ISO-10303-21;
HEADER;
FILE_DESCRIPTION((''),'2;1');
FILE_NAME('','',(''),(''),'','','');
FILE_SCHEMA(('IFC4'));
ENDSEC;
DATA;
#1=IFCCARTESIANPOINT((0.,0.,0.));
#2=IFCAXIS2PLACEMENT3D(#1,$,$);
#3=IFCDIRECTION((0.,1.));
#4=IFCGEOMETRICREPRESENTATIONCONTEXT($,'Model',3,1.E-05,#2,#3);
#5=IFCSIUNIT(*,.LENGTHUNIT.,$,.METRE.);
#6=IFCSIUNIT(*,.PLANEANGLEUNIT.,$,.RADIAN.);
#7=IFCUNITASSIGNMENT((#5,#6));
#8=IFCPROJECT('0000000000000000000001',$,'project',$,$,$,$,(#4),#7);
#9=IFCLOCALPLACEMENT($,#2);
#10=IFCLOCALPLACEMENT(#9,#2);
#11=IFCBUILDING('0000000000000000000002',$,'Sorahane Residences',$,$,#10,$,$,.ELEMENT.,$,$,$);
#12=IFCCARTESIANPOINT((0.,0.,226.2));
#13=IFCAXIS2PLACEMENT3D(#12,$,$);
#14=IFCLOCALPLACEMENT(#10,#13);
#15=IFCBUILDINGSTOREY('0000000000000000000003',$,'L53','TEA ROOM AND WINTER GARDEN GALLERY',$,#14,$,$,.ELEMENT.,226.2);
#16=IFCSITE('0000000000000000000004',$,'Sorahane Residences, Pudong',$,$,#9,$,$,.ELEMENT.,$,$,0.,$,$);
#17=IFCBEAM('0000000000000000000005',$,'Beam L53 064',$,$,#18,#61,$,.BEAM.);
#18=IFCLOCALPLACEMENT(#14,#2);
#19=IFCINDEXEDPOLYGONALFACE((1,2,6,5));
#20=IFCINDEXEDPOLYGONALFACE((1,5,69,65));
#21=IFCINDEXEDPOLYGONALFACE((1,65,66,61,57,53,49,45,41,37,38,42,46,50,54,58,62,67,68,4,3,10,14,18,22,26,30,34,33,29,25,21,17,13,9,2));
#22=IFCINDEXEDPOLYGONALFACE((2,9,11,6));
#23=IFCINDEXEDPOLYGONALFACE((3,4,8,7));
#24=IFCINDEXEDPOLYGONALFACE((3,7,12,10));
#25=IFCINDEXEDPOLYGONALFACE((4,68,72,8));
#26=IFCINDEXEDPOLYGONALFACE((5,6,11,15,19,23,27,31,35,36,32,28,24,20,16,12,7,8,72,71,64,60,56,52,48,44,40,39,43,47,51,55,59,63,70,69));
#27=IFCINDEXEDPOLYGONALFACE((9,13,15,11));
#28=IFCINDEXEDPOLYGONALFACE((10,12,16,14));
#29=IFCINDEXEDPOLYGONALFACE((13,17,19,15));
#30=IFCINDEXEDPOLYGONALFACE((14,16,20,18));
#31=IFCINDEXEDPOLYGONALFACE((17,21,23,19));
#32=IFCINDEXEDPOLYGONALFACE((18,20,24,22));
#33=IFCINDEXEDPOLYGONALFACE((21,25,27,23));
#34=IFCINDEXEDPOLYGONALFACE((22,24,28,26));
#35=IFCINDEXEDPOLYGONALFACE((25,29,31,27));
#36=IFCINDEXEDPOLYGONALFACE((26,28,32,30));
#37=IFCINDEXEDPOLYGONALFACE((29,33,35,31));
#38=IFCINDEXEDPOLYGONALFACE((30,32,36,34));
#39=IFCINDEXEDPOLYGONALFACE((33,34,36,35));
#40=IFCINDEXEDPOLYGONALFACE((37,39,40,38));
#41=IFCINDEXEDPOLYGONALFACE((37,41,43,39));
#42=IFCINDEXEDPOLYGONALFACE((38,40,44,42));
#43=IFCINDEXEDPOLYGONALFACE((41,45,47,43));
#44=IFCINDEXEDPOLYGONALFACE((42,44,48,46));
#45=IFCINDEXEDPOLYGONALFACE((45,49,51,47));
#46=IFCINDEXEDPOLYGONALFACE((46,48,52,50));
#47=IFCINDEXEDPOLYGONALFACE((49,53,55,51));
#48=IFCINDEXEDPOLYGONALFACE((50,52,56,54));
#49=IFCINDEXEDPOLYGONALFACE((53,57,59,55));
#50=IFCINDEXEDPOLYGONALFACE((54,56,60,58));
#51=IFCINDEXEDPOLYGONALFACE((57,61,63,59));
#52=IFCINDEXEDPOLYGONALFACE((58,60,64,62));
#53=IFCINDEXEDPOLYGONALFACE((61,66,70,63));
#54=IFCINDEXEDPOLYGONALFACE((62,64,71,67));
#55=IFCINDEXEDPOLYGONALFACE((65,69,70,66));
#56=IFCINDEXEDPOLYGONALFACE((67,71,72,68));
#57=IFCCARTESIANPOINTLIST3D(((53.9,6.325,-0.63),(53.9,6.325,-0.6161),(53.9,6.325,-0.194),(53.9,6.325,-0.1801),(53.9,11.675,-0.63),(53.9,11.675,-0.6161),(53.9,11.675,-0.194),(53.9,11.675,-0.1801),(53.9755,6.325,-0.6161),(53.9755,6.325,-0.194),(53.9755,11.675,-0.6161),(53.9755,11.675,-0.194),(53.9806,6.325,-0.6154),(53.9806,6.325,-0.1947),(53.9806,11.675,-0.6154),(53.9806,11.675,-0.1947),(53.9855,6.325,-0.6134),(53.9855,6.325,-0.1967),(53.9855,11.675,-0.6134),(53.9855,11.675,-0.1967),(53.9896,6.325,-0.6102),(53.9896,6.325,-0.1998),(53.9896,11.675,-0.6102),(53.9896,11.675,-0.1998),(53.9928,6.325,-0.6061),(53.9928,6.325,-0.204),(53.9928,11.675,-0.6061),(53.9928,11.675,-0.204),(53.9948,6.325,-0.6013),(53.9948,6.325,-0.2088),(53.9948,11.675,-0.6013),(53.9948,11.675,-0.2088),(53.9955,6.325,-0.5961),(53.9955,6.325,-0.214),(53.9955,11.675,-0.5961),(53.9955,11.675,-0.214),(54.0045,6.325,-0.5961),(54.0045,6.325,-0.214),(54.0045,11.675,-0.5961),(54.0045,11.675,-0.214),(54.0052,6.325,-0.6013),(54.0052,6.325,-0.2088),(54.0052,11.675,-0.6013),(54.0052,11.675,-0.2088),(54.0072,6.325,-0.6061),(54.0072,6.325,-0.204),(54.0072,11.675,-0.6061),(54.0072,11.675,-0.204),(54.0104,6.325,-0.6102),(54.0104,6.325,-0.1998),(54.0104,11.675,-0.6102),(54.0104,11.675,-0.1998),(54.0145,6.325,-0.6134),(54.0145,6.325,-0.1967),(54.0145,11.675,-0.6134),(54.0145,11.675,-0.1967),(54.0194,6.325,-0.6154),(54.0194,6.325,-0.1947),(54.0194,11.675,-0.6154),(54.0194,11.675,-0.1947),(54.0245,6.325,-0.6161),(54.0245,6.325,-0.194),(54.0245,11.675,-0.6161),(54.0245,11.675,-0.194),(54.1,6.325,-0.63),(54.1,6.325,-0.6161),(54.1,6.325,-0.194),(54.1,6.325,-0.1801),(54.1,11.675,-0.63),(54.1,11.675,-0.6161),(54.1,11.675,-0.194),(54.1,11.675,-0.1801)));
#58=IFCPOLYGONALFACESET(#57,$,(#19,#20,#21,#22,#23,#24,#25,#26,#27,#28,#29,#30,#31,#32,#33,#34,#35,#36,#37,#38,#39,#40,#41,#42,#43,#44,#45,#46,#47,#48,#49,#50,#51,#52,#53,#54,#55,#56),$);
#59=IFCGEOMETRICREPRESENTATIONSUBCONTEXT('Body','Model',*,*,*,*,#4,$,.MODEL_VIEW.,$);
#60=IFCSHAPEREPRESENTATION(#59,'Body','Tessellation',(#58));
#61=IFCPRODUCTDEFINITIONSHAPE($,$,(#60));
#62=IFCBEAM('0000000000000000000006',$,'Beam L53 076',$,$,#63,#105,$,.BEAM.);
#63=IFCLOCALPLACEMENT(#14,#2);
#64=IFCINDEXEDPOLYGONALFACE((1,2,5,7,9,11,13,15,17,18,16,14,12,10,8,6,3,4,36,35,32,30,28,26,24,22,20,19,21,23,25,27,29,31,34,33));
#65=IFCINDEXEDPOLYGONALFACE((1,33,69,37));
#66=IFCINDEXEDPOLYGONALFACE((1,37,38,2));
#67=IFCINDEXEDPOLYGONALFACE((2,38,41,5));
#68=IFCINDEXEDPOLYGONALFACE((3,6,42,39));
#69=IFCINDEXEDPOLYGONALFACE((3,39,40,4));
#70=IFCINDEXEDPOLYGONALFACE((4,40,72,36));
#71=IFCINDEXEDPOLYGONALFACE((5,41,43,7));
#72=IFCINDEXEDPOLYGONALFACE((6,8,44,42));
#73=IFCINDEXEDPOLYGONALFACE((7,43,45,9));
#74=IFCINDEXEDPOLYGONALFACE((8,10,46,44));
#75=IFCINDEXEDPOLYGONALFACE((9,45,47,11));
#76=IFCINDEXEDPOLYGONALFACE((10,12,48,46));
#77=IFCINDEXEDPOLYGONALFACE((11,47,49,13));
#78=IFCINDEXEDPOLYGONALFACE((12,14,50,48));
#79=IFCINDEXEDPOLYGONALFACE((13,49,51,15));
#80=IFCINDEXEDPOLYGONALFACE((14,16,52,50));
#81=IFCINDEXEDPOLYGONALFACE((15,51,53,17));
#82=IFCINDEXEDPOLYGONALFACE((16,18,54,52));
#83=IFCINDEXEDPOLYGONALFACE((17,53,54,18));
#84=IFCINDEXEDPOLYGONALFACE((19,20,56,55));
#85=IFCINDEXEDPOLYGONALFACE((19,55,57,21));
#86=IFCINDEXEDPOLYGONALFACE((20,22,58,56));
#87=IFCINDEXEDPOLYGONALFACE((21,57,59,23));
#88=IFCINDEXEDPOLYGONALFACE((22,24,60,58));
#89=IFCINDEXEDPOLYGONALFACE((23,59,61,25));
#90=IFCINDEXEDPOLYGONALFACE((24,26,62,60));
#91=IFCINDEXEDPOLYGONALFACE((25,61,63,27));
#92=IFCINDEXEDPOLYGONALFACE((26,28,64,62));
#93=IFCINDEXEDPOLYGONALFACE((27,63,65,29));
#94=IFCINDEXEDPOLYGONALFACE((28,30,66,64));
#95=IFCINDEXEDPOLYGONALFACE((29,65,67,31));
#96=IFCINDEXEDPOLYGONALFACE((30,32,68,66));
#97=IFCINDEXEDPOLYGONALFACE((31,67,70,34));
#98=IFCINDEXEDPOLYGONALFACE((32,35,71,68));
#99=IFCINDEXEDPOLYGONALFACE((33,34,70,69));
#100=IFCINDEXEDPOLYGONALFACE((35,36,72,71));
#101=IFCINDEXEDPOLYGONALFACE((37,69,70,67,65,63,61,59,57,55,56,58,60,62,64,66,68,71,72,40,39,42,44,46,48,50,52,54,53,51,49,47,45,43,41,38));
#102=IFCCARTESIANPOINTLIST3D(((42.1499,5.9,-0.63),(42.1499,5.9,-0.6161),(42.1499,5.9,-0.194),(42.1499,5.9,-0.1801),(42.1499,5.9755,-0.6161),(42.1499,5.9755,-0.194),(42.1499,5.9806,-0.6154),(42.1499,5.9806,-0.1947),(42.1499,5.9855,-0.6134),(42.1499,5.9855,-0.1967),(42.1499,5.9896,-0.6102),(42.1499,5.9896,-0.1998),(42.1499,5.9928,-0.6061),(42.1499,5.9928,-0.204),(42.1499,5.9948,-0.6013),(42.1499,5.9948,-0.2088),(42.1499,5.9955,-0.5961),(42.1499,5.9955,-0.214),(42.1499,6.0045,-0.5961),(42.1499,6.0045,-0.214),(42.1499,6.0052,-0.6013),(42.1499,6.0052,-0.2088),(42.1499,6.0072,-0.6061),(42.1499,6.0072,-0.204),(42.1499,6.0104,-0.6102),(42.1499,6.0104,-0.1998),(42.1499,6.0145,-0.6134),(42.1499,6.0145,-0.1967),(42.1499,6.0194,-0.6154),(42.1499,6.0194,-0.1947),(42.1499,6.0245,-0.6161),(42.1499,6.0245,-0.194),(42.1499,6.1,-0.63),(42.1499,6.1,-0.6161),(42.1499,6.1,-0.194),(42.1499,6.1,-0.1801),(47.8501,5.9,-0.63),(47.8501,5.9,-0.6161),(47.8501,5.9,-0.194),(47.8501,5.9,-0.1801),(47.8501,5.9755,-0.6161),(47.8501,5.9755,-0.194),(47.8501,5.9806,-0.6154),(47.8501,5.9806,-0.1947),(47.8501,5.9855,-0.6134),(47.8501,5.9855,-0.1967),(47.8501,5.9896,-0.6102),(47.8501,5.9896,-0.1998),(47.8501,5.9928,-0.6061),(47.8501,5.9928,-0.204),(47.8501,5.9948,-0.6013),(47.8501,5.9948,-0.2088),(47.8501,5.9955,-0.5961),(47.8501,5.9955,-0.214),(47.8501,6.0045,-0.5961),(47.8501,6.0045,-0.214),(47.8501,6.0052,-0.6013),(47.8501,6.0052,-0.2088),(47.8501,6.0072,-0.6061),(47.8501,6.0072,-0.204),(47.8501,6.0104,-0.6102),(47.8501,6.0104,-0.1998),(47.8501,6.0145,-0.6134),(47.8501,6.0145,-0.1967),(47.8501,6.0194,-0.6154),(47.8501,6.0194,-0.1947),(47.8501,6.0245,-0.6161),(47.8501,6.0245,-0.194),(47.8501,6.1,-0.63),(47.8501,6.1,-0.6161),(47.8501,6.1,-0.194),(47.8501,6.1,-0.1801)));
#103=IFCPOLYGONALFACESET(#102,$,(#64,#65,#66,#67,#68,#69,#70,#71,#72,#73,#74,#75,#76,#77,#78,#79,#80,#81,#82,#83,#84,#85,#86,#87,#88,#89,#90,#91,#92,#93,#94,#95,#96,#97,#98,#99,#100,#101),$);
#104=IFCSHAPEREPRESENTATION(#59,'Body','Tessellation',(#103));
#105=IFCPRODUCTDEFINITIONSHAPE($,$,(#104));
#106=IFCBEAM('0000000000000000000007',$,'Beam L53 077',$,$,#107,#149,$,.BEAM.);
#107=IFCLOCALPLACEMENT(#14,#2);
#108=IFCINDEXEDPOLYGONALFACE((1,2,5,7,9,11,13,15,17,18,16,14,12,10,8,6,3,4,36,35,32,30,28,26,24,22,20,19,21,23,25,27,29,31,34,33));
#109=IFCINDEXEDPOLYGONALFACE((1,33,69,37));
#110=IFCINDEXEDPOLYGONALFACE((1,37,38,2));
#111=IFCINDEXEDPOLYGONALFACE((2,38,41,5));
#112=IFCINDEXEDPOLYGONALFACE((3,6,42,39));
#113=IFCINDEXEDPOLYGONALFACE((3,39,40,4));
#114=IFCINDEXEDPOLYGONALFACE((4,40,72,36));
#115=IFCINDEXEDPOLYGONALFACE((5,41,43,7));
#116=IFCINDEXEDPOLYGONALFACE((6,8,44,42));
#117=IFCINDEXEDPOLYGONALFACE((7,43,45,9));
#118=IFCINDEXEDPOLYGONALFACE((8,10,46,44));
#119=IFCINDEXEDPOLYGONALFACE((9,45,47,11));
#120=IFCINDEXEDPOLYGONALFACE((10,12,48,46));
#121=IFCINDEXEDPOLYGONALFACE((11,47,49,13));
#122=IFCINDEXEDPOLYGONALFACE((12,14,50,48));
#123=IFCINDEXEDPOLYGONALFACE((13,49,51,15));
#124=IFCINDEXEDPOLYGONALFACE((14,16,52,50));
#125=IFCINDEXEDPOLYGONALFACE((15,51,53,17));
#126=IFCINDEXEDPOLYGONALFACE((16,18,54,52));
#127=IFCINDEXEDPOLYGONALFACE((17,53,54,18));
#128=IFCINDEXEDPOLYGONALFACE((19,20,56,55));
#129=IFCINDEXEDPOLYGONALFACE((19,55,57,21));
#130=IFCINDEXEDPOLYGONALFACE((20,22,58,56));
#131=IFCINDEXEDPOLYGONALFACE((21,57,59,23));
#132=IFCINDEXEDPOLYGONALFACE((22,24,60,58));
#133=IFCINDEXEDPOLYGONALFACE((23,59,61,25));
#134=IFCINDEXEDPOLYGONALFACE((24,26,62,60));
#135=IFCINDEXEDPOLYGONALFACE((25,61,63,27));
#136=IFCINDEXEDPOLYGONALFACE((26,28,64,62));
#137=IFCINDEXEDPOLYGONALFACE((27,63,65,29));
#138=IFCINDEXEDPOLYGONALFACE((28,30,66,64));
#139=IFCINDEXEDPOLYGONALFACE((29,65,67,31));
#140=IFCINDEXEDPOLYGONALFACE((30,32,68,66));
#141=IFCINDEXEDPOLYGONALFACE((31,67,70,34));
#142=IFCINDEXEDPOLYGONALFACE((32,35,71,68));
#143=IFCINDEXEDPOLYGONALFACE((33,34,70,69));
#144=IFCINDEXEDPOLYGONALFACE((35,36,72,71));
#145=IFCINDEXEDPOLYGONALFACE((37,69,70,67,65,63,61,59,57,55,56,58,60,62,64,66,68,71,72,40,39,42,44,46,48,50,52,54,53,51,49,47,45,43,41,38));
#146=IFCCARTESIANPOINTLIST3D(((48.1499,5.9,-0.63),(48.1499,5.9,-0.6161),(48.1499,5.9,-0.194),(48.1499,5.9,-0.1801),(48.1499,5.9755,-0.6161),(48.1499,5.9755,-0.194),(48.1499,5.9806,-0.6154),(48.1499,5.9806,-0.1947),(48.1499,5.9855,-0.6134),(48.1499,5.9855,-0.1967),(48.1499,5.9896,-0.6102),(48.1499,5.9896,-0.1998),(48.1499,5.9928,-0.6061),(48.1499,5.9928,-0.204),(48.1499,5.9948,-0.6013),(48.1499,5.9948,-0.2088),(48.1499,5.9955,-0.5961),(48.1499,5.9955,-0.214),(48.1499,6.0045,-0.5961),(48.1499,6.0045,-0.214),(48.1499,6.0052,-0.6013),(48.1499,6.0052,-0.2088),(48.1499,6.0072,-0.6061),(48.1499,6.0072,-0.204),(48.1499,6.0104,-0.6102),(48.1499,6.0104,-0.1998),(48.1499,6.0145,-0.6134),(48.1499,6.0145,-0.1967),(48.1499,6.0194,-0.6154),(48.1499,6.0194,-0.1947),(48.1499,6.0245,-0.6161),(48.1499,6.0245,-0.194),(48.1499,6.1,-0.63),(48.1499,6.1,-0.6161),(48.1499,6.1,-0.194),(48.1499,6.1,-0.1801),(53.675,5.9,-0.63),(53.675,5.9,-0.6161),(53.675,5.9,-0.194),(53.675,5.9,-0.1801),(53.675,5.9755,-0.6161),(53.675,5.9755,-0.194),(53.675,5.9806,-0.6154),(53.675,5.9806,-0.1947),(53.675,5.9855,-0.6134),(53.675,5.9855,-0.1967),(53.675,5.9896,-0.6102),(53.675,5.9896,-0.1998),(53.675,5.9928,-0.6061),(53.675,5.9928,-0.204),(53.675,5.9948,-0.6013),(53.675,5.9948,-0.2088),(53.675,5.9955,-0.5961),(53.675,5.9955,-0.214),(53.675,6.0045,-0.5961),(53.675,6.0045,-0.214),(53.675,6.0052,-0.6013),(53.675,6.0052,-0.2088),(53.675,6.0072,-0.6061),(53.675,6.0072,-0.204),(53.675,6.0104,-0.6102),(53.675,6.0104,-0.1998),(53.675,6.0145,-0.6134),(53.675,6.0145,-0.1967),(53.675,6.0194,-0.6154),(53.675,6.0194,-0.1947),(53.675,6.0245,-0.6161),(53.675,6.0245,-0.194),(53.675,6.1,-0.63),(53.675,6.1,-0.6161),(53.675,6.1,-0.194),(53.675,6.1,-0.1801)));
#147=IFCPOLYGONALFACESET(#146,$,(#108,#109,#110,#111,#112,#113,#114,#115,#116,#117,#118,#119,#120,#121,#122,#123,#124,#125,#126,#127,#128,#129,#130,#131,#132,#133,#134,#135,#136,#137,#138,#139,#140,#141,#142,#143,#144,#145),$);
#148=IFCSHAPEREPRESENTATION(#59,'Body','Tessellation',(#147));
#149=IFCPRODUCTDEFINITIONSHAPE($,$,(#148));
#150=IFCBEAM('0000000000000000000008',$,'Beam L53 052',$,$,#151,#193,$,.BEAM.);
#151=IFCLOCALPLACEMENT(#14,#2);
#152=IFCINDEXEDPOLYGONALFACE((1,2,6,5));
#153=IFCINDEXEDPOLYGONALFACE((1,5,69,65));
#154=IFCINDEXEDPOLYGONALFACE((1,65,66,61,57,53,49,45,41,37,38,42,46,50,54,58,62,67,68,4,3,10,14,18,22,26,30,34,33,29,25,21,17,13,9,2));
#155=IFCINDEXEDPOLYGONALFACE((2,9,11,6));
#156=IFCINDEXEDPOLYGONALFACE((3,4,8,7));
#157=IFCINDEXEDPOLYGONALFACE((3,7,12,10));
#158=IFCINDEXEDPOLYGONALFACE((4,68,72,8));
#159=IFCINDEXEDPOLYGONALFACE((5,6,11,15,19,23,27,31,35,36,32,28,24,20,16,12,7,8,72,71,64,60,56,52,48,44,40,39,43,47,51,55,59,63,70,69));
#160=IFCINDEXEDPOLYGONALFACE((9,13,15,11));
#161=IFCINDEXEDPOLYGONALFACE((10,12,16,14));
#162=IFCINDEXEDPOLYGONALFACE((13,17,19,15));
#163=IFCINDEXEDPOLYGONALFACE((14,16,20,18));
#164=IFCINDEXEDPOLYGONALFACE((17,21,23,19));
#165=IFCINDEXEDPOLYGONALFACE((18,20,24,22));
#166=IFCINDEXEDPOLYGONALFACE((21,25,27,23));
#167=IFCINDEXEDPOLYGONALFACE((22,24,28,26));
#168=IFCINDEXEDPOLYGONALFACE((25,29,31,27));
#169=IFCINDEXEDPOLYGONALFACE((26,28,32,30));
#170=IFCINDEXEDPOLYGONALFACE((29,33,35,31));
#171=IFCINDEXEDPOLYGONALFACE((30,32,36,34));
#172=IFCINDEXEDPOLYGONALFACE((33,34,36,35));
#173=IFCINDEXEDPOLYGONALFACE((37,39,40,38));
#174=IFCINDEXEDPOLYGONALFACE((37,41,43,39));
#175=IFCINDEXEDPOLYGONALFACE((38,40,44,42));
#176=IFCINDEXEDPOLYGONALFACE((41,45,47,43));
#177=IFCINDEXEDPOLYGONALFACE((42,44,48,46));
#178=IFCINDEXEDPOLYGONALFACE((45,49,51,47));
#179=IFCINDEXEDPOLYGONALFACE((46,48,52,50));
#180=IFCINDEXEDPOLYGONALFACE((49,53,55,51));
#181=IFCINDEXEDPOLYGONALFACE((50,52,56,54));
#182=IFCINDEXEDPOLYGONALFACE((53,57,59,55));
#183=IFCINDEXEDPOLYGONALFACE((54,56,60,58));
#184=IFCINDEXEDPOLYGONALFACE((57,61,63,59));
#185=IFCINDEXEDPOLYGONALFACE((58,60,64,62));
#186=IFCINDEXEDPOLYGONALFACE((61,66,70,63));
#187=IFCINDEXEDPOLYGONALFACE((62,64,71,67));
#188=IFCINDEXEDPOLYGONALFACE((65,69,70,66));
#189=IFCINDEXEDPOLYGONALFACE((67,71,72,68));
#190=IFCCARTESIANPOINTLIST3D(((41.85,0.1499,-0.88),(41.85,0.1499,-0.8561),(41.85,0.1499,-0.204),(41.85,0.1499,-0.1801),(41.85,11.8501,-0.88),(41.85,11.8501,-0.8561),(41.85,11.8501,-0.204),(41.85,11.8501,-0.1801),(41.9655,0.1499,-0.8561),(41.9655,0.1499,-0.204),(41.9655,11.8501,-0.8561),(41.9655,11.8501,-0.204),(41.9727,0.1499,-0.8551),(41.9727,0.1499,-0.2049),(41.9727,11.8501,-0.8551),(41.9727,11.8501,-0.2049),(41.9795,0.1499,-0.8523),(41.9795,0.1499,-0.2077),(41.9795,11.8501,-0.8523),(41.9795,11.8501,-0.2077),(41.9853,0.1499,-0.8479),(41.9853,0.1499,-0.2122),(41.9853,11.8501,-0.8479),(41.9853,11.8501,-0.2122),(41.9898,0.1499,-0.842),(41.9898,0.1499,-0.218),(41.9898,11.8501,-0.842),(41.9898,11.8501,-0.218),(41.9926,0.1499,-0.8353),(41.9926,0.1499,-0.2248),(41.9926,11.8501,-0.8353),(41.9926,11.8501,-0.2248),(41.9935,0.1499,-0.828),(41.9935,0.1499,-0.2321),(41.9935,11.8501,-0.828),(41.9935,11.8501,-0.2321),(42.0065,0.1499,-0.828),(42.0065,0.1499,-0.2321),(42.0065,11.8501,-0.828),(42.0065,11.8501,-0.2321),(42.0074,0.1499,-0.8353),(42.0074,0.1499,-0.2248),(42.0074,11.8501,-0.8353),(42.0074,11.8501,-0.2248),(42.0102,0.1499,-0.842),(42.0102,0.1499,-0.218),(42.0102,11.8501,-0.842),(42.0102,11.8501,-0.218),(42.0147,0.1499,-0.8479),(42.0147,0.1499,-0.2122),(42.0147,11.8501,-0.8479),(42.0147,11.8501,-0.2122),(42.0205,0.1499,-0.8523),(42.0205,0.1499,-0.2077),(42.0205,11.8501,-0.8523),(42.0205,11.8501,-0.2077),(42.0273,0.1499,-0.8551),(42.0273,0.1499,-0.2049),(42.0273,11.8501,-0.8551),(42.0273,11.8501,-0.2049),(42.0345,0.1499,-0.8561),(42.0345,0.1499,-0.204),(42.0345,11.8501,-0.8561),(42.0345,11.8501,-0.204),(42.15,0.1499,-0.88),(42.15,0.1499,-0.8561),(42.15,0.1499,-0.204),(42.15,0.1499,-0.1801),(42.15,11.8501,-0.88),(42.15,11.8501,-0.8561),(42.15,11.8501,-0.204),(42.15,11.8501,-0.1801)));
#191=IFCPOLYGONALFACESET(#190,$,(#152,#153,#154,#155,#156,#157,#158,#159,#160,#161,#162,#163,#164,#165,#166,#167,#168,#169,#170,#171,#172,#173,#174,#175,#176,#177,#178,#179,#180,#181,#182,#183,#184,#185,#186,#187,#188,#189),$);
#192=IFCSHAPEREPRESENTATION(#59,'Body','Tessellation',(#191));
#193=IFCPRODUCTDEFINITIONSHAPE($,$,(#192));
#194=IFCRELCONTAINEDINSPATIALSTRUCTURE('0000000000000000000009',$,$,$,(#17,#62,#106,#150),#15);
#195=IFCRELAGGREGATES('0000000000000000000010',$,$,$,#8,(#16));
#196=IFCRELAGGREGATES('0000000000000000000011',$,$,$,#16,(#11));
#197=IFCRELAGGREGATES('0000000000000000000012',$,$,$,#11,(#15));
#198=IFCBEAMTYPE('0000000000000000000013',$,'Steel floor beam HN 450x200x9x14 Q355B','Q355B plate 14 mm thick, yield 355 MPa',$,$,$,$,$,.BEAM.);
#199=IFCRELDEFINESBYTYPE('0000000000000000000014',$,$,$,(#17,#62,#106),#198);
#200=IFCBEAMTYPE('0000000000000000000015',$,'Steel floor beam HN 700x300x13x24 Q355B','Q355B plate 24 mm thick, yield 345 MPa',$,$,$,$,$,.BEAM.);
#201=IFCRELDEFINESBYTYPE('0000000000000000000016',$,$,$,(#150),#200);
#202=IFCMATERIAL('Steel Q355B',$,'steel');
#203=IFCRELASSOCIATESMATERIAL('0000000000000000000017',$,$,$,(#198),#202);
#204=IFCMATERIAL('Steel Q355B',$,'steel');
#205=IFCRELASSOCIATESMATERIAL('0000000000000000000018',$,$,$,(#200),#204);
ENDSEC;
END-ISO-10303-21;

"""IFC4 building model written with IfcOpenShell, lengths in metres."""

from ifc_helpers import new_model, si_unit, direction, frame, origin, origin_2d, place, context, subcontext, project, spatial, i_section, extrude, material, material_profile, profile_set, type_object, element, save


model = new_model("IFC4")

# Units and contexts
model_context = context("Model", 3, precision=1e-05, world=origin(), true_north=direction((0.0, 1.0)))
body_context = subcontext(model_context, "Body", "Model", "MODEL_VIEW")
ifc_project = project(units=[si_unit("LENGTHUNIT", "METRE"), si_unit("PLANEANGLEUNIT", "RADIAN")], contexts=[model_context])

# Site, building, storey
site_placement = place(None, origin())
site = spatial("IfcSite", under=ifc_project, at=site_placement, Name="Sorahane Residences, Pudong", CompositionType="ELEMENT", RefElevation=0.0)
building_placement = place(site_placement, origin())
building = spatial("IfcBuilding", under=site, at=building_placement, Name="Sorahane Residences", CompositionType="ELEMENT")
storey_placement = place(building_placement, frame((0.0, 0.0, 226.2)))
storey = spatial("IfcBuildingStorey", under=building, at=storey_placement, Name="L53", Description="TEA ROOM AND WINTER GARDEN GALLERY", CompositionType="ELEMENT", Elevation=226.2)

# Beams
ifc_material_1 = material(Name="Steel Q355B", Category="steel")
ifc_material_profile_1 = material_profile(ifc_material_1, i_section(OverallWidth=0.2, OverallDepth=0.45, WebThickness=0.009, FlangeThickness=0.0139, FilletRadius=0.02, at=origin_2d()), Name="HN 450x200x9x14")
ifc_profile_set_1 = profile_set([ifc_material_profile_1], Name="Steel Q355B")
beam_type_1 = type_object("IfcBeamType", Name="Steel floor beam HN 450x200x9x14 Q355B", Description="Q355B plate 14 mm thick, yield 355 MPa", PredefinedType="BEAM", material=ifc_profile_set_1)
beam_1_placement = place(storey_placement, frame((54.0, 6.325, -0.405), z_axis=(0.0, 1.0, 0.0), x_axis=(-1.0, 0.0, 0.0)))
element("IfcBeam", 1, at=beam_1_placement, inside=storey, type_object=beam_type_1, Name="Beam L53 064", PredefinedType="BEAM", context=body_context, shape_type="SweptSolid", body=[
    extrude(i_section(OverallWidth=0.2, OverallDepth=0.45, WebThickness=0.009, FlangeThickness=0.0139, FilletRadius=0.02, at=origin_2d()), origin(), (0.0, 0.0, 1.0), 5.3501),
])
beam_2_placement = place(storey_placement, frame((42.1499, 6.0, -0.405), z_axis=(1.0, 0.0, 0.0), x_axis=(0.0, 1.0, 0.0)))
element("IfcBeam", 2, at=beam_2_placement, inside=storey, type_object=beam_type_1, Name="Beam L53 076", PredefinedType="BEAM", context=body_context, shape_type="SweptSolid", body=[
    extrude(i_section(OverallWidth=0.2, OverallDepth=0.45, WebThickness=0.009, FlangeThickness=0.0139, FilletRadius=0.02, at=origin_2d()), origin(), (0.0, 0.0, 1.0), 5.7002),
])
beam_3_placement = place(storey_placement, frame((48.1499, 6.0, -0.405), z_axis=(1.0, 0.0, 0.0), x_axis=(0.0, 1.0, 0.0)))
element("IfcBeam", 3, at=beam_3_placement, inside=storey, type_object=beam_type_1, Name="Beam L53 077", PredefinedType="BEAM", context=body_context, shape_type="SweptSolid", body=[
    extrude(i_section(OverallWidth=0.2, OverallDepth=0.45, WebThickness=0.009, FlangeThickness=0.0139, FilletRadius=0.02, at=origin_2d()), origin(), (0.0, 0.0, 1.0), 5.5251),
])
ifc_material_2 = material(Name="Steel Q355B", Category="steel")
ifc_material_profile_2 = material_profile(ifc_material_2, i_section(OverallWidth=0.3, OverallDepth=0.7, WebThickness=0.0129, FlangeThickness=0.0239, FilletRadius=0.0281, at=origin_2d()), Name="HN 700x300x13x24")
ifc_profile_set_2 = profile_set([ifc_material_profile_2], Name="Steel Q355B")
beam_type_2 = type_object("IfcBeamType", Name="Steel floor beam HN 700x300x13x24 Q355B", Description="Q355B plate 24 mm thick, yield 345 MPa", PredefinedType="BEAM", material=ifc_profile_set_2)
beam_4_placement = place(storey_placement, frame((42.0, 0.1499, -0.53), z_axis=(0.0, 1.0, 0.0), x_axis=(-1.0, 0.0, 0.0)))
element("IfcBeam", 4, at=beam_4_placement, inside=storey, type_object=beam_type_2, Name="Beam L53 052", PredefinedType="BEAM", context=body_context, shape_type="SweptSolid", body=[
    extrude(i_section(OverallWidth=0.3, OverallDepth=0.7, WebThickness=0.0129, FlangeThickness=0.0239, FilletRadius=0.0281, at=origin_2d()), origin(), (0.0, 0.0, 1.0), 11.7002),
])

save(model, "model.ifc")
